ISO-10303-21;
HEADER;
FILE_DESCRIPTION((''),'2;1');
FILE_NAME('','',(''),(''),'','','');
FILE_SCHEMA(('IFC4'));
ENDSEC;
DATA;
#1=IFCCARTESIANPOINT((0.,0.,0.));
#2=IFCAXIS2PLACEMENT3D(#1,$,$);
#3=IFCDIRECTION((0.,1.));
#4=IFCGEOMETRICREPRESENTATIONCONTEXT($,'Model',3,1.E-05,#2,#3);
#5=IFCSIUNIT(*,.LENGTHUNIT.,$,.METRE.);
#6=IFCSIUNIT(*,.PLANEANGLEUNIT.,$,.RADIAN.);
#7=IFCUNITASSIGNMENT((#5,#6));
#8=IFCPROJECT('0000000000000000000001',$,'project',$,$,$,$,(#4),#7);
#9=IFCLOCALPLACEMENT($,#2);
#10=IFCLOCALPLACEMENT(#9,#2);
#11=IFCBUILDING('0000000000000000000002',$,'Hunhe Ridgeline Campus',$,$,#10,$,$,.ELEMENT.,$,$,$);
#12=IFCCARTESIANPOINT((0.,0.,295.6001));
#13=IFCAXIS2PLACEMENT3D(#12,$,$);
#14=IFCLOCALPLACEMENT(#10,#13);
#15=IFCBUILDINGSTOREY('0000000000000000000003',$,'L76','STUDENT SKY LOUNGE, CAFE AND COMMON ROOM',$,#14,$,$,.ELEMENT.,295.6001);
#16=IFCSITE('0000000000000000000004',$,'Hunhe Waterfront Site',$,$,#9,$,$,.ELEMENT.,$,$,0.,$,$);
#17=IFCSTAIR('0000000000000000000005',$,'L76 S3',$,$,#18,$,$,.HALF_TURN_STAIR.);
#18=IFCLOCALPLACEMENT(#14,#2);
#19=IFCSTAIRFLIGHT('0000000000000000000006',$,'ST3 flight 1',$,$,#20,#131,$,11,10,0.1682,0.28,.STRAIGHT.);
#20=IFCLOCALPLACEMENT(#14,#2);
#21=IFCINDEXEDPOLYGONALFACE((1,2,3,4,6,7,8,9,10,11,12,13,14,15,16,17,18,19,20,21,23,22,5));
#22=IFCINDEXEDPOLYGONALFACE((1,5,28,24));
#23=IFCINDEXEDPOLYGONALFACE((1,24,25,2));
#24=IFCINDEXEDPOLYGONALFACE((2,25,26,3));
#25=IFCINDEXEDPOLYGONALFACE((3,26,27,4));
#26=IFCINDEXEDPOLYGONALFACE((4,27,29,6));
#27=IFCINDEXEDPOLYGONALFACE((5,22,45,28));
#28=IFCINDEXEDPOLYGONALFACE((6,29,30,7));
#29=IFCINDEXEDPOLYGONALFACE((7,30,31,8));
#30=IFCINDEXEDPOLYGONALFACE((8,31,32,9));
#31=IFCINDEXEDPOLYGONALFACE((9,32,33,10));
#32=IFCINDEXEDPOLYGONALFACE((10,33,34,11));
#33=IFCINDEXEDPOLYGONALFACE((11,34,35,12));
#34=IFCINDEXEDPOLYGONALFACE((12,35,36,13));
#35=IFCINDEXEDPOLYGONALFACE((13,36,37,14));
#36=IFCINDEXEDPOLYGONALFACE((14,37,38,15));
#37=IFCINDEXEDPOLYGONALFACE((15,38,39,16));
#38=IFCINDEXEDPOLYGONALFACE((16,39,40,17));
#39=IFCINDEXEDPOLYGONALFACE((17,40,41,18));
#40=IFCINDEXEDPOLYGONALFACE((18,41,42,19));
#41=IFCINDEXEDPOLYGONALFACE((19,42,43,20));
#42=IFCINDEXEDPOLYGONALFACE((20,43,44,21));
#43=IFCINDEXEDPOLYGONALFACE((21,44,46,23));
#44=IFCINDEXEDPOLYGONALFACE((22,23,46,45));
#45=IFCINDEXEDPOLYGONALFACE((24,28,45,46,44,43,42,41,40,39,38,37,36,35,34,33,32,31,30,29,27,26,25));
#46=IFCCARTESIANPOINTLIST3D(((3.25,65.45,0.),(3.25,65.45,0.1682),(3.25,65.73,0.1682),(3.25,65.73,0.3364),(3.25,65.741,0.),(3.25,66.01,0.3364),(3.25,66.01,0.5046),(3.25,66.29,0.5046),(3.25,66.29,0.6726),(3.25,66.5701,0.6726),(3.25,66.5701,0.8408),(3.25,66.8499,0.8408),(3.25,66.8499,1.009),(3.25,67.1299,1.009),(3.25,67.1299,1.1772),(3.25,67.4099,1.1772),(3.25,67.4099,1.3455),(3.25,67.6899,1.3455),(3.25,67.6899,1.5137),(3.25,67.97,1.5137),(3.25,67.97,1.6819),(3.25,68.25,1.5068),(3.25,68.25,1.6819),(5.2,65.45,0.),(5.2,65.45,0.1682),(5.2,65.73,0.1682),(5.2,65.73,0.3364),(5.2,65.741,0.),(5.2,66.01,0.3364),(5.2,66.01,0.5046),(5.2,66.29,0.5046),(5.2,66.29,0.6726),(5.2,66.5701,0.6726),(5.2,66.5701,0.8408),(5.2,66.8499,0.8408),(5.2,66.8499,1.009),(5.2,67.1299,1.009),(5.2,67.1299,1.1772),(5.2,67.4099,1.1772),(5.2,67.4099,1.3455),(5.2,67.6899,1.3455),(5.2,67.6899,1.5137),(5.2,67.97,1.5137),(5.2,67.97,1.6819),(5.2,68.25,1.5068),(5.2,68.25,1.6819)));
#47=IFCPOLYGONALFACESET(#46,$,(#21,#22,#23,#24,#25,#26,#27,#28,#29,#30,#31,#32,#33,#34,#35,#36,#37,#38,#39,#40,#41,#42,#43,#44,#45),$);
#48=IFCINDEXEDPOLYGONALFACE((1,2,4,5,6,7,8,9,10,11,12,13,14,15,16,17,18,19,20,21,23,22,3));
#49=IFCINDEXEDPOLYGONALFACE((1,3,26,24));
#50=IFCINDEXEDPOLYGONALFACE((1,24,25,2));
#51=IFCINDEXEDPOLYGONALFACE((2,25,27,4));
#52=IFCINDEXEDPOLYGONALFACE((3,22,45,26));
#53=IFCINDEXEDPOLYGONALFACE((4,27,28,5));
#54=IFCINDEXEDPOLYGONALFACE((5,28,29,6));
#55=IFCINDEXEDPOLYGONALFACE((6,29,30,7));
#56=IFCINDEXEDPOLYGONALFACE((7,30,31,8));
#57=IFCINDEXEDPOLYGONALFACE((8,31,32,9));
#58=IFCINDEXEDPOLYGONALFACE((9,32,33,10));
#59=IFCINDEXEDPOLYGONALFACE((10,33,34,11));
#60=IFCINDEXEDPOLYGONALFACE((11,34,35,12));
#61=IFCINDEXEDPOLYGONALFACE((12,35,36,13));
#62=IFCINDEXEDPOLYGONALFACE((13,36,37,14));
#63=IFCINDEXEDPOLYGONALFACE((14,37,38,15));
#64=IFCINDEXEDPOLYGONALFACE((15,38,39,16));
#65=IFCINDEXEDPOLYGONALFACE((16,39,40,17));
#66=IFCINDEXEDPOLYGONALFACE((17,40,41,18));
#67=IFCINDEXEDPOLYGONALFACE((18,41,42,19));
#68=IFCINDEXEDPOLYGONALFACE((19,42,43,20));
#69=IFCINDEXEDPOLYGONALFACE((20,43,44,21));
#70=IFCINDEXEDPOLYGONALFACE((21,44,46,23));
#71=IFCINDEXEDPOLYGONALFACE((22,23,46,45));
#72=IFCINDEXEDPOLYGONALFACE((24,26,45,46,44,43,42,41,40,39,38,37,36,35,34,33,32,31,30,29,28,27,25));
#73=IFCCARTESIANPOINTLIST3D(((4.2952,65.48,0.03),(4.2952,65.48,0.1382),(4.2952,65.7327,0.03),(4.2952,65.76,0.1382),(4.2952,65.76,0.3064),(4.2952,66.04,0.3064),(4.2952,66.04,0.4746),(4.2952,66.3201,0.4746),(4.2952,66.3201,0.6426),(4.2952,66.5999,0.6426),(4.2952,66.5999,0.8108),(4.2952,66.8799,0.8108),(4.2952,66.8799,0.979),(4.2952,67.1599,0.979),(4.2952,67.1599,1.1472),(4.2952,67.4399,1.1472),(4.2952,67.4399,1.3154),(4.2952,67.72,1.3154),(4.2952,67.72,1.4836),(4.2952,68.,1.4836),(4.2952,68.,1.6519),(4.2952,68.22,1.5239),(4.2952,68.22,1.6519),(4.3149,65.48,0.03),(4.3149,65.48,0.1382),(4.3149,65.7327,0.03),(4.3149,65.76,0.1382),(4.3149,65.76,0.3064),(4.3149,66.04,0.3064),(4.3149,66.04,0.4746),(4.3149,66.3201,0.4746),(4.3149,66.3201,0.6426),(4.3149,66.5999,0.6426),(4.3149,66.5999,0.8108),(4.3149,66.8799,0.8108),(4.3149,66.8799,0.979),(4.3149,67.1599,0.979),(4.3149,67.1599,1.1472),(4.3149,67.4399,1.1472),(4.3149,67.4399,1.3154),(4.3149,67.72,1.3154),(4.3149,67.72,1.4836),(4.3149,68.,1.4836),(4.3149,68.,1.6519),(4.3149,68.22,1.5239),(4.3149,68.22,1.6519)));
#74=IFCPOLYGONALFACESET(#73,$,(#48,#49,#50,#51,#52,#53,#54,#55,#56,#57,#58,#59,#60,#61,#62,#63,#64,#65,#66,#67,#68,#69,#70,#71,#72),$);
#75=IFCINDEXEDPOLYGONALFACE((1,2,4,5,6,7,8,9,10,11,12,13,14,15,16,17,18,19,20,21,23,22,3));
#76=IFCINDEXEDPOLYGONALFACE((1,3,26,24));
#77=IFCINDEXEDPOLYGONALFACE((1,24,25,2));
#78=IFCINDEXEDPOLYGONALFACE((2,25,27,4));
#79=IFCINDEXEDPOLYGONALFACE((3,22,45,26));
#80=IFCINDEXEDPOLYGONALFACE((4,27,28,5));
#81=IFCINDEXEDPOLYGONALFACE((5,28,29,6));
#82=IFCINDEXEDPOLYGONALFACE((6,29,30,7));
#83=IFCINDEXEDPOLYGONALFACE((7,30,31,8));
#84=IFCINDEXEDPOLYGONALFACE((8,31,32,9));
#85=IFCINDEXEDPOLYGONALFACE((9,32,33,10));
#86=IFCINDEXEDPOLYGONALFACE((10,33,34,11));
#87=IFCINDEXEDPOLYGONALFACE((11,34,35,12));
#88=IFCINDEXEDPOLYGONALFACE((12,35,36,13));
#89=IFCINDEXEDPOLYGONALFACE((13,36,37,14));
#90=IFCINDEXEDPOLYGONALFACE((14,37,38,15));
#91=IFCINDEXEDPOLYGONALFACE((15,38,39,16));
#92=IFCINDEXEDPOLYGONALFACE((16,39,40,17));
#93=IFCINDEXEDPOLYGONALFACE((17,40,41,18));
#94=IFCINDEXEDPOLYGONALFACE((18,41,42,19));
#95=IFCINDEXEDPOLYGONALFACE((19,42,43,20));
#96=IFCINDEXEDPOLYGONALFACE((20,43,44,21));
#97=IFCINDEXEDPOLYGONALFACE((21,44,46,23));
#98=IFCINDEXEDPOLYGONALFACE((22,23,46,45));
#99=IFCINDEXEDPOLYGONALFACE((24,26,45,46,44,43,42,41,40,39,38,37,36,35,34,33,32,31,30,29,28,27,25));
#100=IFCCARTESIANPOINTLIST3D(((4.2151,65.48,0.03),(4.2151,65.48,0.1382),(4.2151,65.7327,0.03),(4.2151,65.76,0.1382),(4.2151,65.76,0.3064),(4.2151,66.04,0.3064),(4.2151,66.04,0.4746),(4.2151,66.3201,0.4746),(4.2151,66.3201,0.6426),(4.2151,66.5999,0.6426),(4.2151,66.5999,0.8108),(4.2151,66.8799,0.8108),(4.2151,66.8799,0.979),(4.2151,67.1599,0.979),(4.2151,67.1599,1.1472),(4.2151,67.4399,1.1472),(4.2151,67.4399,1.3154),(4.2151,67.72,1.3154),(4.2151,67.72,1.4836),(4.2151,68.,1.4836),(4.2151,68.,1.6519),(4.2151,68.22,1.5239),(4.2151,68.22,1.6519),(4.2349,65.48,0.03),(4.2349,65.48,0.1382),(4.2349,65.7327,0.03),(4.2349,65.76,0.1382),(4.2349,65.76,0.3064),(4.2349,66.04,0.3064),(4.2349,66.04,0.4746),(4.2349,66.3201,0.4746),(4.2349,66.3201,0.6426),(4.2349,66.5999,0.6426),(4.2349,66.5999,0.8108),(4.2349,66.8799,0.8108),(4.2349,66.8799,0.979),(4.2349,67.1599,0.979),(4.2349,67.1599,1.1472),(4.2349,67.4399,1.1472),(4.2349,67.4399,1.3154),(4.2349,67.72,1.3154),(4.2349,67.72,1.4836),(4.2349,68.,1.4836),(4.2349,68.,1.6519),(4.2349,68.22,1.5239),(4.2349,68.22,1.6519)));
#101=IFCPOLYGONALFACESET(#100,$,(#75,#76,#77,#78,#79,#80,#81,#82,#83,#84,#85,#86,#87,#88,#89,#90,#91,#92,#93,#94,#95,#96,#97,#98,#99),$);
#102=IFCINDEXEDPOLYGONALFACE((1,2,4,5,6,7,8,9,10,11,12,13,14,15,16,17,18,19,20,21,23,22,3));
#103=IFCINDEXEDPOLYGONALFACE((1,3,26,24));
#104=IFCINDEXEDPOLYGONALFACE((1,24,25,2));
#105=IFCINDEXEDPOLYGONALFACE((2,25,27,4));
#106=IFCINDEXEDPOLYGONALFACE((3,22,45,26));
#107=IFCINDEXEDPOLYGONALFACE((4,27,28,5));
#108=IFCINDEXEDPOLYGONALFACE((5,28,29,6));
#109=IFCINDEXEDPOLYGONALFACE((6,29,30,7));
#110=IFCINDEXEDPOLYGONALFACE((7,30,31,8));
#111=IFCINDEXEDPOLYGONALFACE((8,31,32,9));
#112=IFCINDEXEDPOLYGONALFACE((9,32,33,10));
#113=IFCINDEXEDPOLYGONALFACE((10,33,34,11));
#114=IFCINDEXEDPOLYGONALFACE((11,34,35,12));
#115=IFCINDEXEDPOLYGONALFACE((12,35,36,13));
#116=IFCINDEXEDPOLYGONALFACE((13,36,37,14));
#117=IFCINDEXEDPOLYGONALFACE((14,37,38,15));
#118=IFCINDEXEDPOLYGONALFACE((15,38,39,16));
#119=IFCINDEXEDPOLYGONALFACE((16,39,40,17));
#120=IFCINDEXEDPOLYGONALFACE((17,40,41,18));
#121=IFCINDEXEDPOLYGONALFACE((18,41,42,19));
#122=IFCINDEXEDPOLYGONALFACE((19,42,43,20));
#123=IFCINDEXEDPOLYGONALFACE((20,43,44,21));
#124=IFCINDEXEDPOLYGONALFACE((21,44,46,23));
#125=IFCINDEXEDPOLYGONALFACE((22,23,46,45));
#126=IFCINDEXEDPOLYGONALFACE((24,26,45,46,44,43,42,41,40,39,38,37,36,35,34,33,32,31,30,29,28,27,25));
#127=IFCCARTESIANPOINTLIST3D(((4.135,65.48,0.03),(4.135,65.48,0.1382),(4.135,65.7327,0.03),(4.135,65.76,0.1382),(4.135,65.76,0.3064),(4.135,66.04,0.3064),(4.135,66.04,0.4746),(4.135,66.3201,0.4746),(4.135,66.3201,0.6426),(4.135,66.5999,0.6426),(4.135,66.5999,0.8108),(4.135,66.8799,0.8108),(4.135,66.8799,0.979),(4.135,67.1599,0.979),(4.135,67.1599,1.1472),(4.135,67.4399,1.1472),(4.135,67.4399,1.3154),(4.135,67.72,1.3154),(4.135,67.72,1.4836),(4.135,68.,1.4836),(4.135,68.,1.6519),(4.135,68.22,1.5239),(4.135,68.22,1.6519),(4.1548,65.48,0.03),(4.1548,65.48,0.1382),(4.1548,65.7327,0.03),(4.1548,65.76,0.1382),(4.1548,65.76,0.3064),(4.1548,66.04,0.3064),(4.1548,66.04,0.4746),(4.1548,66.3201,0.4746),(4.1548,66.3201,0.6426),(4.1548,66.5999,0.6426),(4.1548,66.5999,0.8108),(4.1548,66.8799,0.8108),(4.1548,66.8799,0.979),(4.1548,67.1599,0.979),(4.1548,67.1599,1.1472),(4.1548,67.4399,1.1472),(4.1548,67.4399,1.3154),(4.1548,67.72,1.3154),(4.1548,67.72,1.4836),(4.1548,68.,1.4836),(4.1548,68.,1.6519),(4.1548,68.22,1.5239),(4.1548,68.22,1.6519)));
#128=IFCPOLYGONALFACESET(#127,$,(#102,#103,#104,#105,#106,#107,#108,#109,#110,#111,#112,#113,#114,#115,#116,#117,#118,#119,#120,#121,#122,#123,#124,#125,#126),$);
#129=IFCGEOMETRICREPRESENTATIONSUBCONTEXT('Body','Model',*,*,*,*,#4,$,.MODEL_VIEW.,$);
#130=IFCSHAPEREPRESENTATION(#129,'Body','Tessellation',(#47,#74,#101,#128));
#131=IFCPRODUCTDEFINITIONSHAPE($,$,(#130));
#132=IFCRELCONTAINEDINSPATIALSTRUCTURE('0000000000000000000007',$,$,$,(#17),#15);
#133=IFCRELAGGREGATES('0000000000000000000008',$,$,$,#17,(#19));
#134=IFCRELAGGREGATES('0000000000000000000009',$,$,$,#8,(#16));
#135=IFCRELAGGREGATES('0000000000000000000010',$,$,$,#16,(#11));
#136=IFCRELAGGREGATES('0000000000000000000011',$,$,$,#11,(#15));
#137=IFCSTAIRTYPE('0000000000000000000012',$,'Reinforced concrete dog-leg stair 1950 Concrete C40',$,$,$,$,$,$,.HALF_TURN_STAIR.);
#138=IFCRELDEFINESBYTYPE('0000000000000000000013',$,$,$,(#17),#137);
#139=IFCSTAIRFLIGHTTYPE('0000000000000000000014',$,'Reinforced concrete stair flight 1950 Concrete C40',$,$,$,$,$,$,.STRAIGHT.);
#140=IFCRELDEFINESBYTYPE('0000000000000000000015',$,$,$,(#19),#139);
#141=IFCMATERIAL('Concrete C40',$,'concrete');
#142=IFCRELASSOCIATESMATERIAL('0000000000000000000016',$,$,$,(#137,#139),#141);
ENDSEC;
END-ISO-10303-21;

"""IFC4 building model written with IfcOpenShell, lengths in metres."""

from ifc_helpers import new_model, si_unit, direction, frame, origin, place, context, subcontext, project, spatial, polyline, outline, extrude, material, type_object, element, aggregate, save


model = new_model("IFC4")

# Units and contexts
model_context = context("Model", 3, precision=1e-05, world=origin(), true_north=direction((0.0, 1.0)))
body_context = subcontext(model_context, "Body", "Model", "MODEL_VIEW")
ifc_project = project(units=[si_unit("LENGTHUNIT", "METRE"), si_unit("PLANEANGLEUNIT", "RADIAN")], contexts=[model_context])

# Site, building, storey
site_placement = place(None, origin())
site = spatial("IfcSite", under=ifc_project, at=site_placement, Name="Hunhe Waterfront Site", CompositionType="ELEMENT", RefElevation=0.0)
building_placement = place(site_placement, origin())
building = spatial("IfcBuilding", under=site, at=building_placement, Name="Hunhe Ridgeline Campus", CompositionType="ELEMENT")
storey_placement = place(building_placement, frame((0.0, 0.0, 295.6001)))
storey = spatial("IfcBuildingStorey", under=building, at=storey_placement, Name="L76", Description="STUDENT SKY LOUNGE, CAFE AND COMMON ROOM", CompositionType="ELEMENT", Elevation=295.6001)

# Stair, stair flight
ifc_material_1 = material(Name="Concrete C40", Category="concrete")
stair_type = type_object("IfcStairType", Name="Reinforced concrete dog-leg stair 1950 Concrete C40", PredefinedType="HALF_TURN_STAIR", material=ifc_material_1)
stair_1_placement = place(storey_placement, origin())
stair_1 = element("IfcStair", 1, at=stair_1_placement, inside=storey, type_object=stair_type, Name="L76 S3", PredefinedType="HALF_TURN_STAIR")
stair_flight_type = type_object("IfcStairFlightType", Name="Reinforced concrete stair flight 1950 Concrete C40", PredefinedType="STRAIGHT", material=ifc_material_1)
stair_flight_1_placement = place(storey_placement, frame((4.2251, 65.45, 0.0), z_axis=(0.0, 0.0, 1.0), x_axis=(0.0, 1.0, 0.0)))
stair_flight_1 = element("IfcStairFlight", 2, at=stair_flight_1_placement, type_object=stair_flight_type, Name="ST3 flight 1", NumberOfRisers=11, NumberOfTreads=10, PredefinedType="STRAIGHT", RiserHeight=0.1682, TreadLength=0.28, context=body_context, shape_type="SweptSolid", body=[
    extrude(outline(polyline([(0.0, 0.0), (0.0, 0.1682), (0.28, 0.1682), (0.28, 0.3364), (0.5601, 0.3364), (0.5601, 0.5046), (0.8401, 0.5046), (0.8401, 0.6726), (1.1201, 0.6726), (1.1201, 0.8408), (1.3999, 0.8408), (1.3999, 1.009), (1.6799, 1.009), (1.6799, 1.1772), (1.96, 1.1772), (1.96, 1.3455), (2.24, 1.3455), (2.24, 1.5137), (2.52, 1.5137), (2.52, 1.6819), (2.8, 1.6819), (2.8, 1.8501), (2.8, 1.5068), (0.291, 0.0), (0.0, 0.0)])), frame((0.0, 0.9751, 0.0), z_axis=(0.0, -1.0, 0.0), x_axis=(1.0, 0.0, 0.0)), (0.0, 0.0, 1.0), 1.95),
    extrude(outline(polyline([(0.03, 0.03), (0.03, 0.1382), (0.3101, 0.1382), (0.3101, 0.3064), (0.5901, 0.3064), (0.5901, 0.4746), (0.8701, 0.4746), (0.8701, 0.6426), (1.1499, 0.6426), (1.1499, 0.8108), (1.4299, 0.8108), (1.4299, 0.979), (1.71, 0.979), (1.71, 1.1472), (1.99, 1.1472), (1.99, 1.3154), (2.27, 1.3154), (2.27, 1.4836), (2.55, 1.4836), (2.55, 1.6519), (2.77, 1.6519), (2.77, 1.5239), (0.2827, 0.03), (0.03, 0.03)])), frame((0.0, -0.0701, 0.0), z_axis=(0.0, -1.0, 0.0), x_axis=(1.0, 0.0, 0.0)), (0.0, 0.0, 1.0), 0.0198),
    extrude(outline(polyline([(0.03, 0.03), (0.03, 0.1382), (0.3101, 0.1382), (0.3101, 0.3064), (0.5901, 0.3064), (0.5901, 0.4746), (0.8701, 0.4746), (0.8701, 0.6426), (1.1499, 0.6426), (1.1499, 0.8108), (1.4299, 0.8108), (1.4299, 0.979), (1.71, 0.979), (1.71, 1.1472), (1.99, 1.1472), (1.99, 1.3154), (2.27, 1.3154), (2.27, 1.4836), (2.55, 1.4836), (2.55, 1.6519), (2.77, 1.6519), (2.77, 1.5239), (0.2827, 0.03), (0.03, 0.03)])), frame((0.0, 0.01, 0.0), z_axis=(0.0, -1.0, 0.0), x_axis=(1.0, 0.0, 0.0)), (0.0, 0.0, 1.0), 0.0198),
    extrude(outline(polyline([(0.03, 0.03), (0.03, 0.1382), (0.3101, 0.1382), (0.3101, 0.3064), (0.5901, 0.3064), (0.5901, 0.4746), (0.8701, 0.4746), (0.8701, 0.6426), (1.1499, 0.6426), (1.1499, 0.8108), (1.4299, 0.8108), (1.4299, 0.979), (1.71, 0.979), (1.71, 1.1472), (1.99, 1.1472), (1.99, 1.3154), (2.27, 1.3154), (2.27, 1.4836), (2.55, 1.4836), (2.55, 1.6519), (2.77, 1.6519), (2.77, 1.5239), (0.2827, 0.03), (0.03, 0.03)])), frame((0.0, 0.0901, 0.0), z_axis=(0.0, -1.0, 0.0), x_axis=(1.0, 0.0, 0.0)), (0.0, 0.0, 1.0), 0.0198),
])
aggregate(stair_1, [stair_flight_1])

save(model, "model.ifc")
